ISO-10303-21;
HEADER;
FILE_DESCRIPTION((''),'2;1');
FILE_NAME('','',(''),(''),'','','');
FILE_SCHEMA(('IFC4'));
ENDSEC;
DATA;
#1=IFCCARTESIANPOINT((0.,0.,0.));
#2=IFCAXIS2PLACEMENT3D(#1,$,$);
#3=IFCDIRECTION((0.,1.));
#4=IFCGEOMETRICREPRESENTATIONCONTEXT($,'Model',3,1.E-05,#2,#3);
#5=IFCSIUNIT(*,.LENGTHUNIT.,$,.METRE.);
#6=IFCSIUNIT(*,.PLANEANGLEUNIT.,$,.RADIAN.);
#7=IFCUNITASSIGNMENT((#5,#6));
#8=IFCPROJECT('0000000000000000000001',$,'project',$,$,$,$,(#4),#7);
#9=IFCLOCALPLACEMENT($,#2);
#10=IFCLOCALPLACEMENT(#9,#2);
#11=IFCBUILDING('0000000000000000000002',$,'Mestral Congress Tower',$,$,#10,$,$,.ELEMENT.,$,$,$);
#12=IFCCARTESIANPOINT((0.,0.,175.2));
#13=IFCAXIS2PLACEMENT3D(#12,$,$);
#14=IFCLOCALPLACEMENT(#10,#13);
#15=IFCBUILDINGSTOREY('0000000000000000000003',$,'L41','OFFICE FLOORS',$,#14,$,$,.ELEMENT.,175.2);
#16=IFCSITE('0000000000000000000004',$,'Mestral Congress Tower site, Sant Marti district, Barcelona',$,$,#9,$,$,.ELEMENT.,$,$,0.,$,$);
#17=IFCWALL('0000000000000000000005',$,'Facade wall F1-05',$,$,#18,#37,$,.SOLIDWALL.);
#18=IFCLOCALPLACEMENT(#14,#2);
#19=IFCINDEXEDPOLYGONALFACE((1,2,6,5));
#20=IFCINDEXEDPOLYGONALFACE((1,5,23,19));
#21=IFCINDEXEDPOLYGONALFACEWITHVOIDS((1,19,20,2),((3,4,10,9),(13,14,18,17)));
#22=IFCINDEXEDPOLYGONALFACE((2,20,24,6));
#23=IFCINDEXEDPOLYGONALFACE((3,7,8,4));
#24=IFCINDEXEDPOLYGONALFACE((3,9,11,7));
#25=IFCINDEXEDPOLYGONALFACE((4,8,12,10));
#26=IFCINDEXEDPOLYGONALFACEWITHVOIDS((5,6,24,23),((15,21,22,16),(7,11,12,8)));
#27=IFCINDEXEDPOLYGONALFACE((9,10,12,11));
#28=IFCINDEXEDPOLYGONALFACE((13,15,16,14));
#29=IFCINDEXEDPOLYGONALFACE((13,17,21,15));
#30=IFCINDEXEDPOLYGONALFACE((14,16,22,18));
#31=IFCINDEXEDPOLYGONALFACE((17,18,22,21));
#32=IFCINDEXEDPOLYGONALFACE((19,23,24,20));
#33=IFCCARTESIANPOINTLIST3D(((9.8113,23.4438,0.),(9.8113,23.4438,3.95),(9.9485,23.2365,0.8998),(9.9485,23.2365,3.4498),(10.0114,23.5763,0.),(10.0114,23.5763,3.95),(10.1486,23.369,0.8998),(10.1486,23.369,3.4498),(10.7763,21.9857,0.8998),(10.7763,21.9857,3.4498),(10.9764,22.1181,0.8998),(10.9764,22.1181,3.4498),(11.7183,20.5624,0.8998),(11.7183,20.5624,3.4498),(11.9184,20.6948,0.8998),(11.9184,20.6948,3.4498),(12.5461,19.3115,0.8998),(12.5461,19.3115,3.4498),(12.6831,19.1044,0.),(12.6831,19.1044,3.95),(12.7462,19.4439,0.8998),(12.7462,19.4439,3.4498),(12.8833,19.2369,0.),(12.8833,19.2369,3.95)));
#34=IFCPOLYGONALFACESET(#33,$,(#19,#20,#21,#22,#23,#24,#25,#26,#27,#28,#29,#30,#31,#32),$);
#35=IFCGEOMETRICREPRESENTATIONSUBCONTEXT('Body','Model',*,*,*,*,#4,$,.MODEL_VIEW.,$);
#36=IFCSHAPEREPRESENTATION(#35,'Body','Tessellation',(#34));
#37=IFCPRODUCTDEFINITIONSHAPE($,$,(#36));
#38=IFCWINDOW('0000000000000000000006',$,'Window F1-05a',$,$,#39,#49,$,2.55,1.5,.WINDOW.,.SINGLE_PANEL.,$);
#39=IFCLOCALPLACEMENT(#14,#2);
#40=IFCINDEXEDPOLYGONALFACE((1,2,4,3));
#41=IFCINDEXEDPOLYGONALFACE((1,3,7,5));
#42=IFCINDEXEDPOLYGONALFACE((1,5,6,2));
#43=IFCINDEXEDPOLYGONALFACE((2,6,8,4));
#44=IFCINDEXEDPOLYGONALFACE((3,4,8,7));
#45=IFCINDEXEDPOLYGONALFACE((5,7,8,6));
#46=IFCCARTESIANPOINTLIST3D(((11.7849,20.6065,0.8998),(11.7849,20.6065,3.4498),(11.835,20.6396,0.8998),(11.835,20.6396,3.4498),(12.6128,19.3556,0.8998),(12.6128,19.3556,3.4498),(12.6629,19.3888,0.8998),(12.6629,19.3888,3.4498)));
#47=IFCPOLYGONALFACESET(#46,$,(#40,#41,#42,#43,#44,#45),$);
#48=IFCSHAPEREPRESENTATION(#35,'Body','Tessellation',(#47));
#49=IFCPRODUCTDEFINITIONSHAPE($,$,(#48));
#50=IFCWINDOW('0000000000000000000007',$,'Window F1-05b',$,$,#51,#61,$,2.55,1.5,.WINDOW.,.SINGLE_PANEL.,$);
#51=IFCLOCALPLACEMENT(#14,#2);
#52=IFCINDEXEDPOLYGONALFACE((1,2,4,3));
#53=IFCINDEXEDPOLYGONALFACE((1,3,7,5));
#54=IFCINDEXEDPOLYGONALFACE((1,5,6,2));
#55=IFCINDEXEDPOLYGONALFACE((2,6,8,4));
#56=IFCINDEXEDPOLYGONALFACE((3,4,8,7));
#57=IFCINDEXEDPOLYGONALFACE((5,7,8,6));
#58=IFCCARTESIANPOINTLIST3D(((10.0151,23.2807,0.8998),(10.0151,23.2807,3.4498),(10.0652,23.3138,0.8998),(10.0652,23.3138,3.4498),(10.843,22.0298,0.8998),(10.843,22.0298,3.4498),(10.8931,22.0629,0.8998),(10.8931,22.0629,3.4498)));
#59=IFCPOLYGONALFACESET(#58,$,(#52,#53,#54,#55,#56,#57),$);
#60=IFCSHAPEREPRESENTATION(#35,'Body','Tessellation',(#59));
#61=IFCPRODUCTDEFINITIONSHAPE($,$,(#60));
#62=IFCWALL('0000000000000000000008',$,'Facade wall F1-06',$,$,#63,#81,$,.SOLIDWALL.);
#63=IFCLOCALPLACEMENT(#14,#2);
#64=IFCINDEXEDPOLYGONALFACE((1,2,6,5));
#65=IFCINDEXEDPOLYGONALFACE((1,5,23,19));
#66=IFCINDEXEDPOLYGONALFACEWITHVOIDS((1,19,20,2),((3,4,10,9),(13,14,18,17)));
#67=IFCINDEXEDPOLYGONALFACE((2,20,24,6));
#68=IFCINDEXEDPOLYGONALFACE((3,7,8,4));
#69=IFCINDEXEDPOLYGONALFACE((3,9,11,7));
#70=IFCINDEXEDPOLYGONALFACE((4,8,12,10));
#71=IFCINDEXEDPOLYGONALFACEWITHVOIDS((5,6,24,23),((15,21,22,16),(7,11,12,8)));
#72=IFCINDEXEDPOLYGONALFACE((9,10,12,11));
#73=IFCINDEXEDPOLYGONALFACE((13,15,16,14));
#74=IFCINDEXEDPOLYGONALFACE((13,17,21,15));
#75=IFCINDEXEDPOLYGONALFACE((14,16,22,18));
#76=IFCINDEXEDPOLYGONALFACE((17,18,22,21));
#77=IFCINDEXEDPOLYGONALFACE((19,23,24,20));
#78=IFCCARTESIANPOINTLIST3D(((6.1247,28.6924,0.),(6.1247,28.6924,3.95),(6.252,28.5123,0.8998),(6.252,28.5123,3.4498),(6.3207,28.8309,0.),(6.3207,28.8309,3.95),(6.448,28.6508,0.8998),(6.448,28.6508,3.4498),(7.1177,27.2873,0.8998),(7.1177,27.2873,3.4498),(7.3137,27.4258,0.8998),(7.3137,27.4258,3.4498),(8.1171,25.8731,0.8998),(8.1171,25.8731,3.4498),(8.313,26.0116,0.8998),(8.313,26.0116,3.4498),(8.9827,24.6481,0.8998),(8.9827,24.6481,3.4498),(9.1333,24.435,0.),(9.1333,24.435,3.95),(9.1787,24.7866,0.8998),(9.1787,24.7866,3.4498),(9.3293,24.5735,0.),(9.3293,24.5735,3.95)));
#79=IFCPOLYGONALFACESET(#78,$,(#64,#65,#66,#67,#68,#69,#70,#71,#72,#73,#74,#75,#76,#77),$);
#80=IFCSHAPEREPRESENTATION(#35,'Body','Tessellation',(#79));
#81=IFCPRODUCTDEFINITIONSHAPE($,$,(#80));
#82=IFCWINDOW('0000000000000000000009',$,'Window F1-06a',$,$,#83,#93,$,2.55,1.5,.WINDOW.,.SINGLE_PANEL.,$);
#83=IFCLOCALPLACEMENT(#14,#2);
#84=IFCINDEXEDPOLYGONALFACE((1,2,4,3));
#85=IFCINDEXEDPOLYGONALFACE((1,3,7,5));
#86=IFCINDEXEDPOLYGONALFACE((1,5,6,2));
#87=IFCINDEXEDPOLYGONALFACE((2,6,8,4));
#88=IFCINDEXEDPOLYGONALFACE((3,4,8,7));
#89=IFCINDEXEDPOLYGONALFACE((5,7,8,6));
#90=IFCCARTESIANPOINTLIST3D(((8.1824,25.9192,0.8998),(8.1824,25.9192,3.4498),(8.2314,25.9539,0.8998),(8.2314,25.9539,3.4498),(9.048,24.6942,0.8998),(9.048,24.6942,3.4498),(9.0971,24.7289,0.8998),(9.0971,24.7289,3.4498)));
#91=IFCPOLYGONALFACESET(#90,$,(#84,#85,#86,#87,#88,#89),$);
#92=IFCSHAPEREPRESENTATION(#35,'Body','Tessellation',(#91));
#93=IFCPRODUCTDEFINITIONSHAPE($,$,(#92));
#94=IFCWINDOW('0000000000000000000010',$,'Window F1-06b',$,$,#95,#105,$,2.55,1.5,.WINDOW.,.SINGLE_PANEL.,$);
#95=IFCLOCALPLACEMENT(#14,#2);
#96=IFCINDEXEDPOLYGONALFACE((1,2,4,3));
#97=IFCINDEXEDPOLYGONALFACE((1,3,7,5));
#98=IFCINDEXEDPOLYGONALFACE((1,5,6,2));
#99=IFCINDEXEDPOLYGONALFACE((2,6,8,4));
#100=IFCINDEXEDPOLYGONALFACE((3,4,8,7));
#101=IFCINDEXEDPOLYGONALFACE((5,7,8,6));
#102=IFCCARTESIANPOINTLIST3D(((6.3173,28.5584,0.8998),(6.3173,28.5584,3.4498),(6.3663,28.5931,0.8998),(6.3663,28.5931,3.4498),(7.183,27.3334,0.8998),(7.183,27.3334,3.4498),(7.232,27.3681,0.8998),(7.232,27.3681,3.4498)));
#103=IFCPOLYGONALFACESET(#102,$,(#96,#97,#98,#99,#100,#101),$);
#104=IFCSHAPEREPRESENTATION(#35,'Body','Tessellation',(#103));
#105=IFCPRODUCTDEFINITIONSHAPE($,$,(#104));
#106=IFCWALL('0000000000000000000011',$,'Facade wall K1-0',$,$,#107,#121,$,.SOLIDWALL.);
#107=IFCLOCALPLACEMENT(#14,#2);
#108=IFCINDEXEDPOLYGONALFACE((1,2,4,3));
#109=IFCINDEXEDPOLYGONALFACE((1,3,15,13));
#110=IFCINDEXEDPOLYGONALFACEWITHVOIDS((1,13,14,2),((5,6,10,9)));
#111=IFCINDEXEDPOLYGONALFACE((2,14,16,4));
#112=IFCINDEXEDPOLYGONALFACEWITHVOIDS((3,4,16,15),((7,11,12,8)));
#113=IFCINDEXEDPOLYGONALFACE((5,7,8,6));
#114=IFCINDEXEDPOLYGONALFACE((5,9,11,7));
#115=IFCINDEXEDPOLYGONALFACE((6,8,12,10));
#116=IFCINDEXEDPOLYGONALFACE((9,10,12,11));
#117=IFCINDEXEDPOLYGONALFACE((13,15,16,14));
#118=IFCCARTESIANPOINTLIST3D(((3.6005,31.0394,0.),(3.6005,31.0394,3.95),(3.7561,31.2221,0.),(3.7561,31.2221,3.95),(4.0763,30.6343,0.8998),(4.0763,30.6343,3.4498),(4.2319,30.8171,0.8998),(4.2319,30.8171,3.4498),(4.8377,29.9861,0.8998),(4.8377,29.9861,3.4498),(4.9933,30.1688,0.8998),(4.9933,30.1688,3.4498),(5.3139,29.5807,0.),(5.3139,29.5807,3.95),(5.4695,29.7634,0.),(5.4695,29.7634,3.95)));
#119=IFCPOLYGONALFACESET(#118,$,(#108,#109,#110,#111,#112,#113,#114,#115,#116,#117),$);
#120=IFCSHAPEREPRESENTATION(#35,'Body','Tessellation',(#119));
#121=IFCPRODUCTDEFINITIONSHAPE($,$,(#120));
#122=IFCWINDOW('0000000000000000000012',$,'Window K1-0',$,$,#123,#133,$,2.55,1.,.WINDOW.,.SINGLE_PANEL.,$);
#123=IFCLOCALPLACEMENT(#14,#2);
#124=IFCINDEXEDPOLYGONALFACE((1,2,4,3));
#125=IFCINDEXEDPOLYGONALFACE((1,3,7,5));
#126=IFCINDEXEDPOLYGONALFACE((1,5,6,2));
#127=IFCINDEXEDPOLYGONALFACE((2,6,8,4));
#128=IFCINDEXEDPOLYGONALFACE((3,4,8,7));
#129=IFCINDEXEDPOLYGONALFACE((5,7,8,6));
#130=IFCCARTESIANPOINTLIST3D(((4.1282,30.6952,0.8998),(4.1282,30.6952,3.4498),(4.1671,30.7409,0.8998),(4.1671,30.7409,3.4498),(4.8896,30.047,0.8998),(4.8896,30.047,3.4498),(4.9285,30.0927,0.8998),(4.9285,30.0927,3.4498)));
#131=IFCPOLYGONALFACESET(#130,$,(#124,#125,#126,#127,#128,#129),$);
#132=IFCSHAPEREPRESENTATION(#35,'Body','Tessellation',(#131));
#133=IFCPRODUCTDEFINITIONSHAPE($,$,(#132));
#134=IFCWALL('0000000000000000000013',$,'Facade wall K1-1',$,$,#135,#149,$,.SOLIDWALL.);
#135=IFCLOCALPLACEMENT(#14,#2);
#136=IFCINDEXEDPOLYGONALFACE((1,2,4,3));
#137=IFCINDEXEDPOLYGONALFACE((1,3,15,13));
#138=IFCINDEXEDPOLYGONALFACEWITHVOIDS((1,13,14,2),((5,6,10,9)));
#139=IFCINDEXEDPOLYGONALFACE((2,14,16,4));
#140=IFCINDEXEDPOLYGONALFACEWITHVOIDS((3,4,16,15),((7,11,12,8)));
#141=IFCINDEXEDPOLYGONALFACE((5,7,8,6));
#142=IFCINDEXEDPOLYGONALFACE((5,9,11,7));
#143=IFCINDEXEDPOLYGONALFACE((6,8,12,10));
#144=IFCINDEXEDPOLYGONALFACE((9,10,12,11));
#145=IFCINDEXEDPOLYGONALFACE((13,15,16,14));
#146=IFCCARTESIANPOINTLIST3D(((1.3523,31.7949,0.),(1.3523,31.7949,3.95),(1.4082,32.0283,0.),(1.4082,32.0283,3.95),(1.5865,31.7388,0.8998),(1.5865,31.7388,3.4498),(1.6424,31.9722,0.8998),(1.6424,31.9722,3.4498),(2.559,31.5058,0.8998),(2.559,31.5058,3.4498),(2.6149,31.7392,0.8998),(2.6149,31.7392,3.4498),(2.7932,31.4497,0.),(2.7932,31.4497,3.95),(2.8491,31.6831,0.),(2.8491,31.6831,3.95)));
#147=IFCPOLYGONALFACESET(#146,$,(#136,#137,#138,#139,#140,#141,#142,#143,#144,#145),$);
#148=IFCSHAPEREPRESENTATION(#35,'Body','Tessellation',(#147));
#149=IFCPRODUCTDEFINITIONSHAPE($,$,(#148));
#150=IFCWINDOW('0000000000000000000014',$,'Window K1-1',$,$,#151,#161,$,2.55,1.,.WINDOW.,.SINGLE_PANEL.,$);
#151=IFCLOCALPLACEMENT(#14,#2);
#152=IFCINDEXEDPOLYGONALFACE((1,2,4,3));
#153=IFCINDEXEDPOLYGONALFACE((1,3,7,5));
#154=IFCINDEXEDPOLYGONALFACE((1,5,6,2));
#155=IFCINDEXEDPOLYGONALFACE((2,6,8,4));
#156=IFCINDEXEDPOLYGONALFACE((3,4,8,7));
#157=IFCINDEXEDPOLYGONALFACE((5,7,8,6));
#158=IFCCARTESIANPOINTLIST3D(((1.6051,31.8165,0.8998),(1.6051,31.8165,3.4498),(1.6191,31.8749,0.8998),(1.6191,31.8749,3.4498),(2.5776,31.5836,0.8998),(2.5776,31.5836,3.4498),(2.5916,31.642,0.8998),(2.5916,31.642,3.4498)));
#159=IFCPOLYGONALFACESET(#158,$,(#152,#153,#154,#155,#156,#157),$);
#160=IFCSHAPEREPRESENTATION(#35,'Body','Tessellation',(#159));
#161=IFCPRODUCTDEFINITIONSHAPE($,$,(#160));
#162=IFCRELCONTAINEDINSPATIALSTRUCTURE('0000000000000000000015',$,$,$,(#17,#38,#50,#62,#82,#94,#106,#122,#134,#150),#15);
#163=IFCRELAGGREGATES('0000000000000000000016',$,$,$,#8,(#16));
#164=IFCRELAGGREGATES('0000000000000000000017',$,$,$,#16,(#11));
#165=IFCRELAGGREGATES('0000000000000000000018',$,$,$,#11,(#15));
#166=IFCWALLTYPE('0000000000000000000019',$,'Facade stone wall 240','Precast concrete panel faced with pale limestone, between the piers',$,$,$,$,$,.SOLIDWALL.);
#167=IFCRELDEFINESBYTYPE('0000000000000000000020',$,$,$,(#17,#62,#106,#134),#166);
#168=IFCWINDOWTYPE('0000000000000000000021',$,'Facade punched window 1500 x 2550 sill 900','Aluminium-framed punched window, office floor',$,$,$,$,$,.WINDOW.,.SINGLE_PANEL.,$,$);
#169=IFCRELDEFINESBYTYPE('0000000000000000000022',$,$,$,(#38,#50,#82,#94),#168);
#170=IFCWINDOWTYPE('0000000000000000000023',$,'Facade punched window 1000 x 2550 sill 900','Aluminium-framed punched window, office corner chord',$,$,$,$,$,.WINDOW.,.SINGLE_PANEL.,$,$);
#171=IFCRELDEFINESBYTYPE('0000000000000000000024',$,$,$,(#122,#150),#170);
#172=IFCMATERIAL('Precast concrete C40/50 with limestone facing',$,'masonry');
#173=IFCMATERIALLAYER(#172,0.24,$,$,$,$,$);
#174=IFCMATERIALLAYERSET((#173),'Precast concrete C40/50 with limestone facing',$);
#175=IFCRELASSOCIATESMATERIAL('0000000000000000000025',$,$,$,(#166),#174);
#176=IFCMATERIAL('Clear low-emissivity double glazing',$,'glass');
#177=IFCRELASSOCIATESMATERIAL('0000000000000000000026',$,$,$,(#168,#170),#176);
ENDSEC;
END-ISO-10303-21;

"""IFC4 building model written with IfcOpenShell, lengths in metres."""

from ifc_helpers import new_model, si_unit, direction, frame, frame_2d, origin, place, context, subcontext, project, spatial, rectangle, extrude, material, layer, layer_set, type_object, element, fill, save


model = new_model("IFC4")

# Units and contexts
model_context = context("Model", 3, precision=1e-05, world=origin(), true_north=direction((0.0, 1.0)))
body_context = subcontext(model_context, "Body", "Model", "MODEL_VIEW")
ifc_project = project(units=[si_unit("LENGTHUNIT", "METRE"), si_unit("PLANEANGLEUNIT", "RADIAN")], contexts=[model_context])

# Site, building, storey
site_placement = place(None, origin())
site = spatial("IfcSite", under=ifc_project, at=site_placement, Name="Mestral Congress Tower site, Sant Marti district, Barcelona", CompositionType="ELEMENT", RefElevation=0.0)
building_placement = place(site_placement, origin())
building = spatial("IfcBuilding", under=site, at=building_placement, Name="Mestral Congress Tower", CompositionType="ELEMENT")
storey_placement = place(building_placement, frame((0.0, 0.0, 175.2)))
storey = spatial("IfcBuildingStorey", under=building, at=storey_placement, Name="L41", Description="OFFICE FLOORS", CompositionType="ELEMENT", Elevation=175.2)

# Walls, openings, windows
ifc_material_1 = material(Name="Precast concrete C40/50 with limestone facing", Category="masonry")
ifc_layer_1 = layer(ifc_material_1, 0.24)
ifc_layer_set_1 = layer_set([ifc_layer_1], Name="Precast concrete C40/50 with limestone facing")
wall_type_1 = type_object("IfcWallType", Name="Facade stone wall 240", Description="Precast concrete panel faced with pale limestone, between the piers", PredefinedType="SOLIDWALL", material=ifc_layer_set_1)
wall_1_placement = place(storey_placement, frame((12.7832, 19.1707, 0.0), z_axis=(0.0, 0.0, 1.0), x_axis=(-0.551893, 0.833915, 0.0)))
wall_1 = element("IfcWall", 1, at=wall_1_placement, inside=storey, type_object=wall_type_1, Name="Facade wall F1-05", PredefinedType="SOLIDWALL", context=body_context, shape_type="SweptSolid", body=[
    extrude(rectangle(XDim=5.2036, YDim=0.24, at=frame_2d((2.6018, 0.0))), origin(), (0.0, 0.0, 1.0), 3.95),
])
opening_1_placement = place(wall_1_placement, frame((0.2483, 0.0, 0.8999)))
opening_1 = element("IfcOpeningElement", 2, at=opening_1_placement, cuts=wall_1, PredefinedType="OPENING", context=body_context, shape_type="SweptSolid", body=[
    extrude(rectangle(XDim=1.5, YDim=2.55, at=frame_2d((0.75, 1.2749))), frame((0.0, 0.1299, 0.0), z_axis=(0.0, -1.0, 0.0), x_axis=(1.0, 0.0, 0.0)), (0.0, 0.0, 1.0), 0.26),
])
opening_2_placement = place(wall_1_placement, frame((3.4551, 0.0, 0.8999)))
opening_2 = element("IfcOpeningElement", 3, at=opening_2_placement, cuts=wall_1, PredefinedType="OPENING", context=body_context, shape_type="SweptSolid", body=[
    extrude(rectangle(XDim=1.5, YDim=2.55, at=frame_2d((0.75, 1.2749))), frame((0.0, 0.1299, 0.0), z_axis=(0.0, -1.0, 0.0), x_axis=(1.0, 0.0, 0.0)), (0.0, 0.0, 1.0), 0.26),
])
ifc_material_2 = material(Name="Clear low-emissivity double glazing", Category="glass")
window_type_1 = type_object("IfcWindowType", Name="Facade punched window 1500 x 2550 sill 900", Description="Aluminium-framed punched window, office floor", PartitioningType="SINGLE_PANEL", PredefinedType="WINDOW", material=ifc_material_2)
window_1_placement = place(opening_1_placement, origin())
window_1 = element("IfcWindow", 4, at=window_1_placement, inside=storey, type_object=window_type_1, Name="Window F1-05a", OverallHeight=2.55, OverallWidth=1.5, PartitioningType="SINGLE_PANEL", PredefinedType="WINDOW", context=body_context, shape_type="SweptSolid", body=[
    extrude(rectangle(XDim=1.5, YDim=2.55, at=frame_2d((0.75, 1.2749))), frame((0.0, 0.04, 0.0), z_axis=(0.0, -1.0, 0.0), x_axis=(1.0, 0.0, 0.0)), (0.0, 0.0, 1.0), 0.0601),
])
fill(opening_1, window_1)
window_2_placement = place(opening_2_placement, origin())
window_2 = element("IfcWindow", 5, at=window_2_placement, inside=storey, type_object=window_type_1, Name="Window F1-05b", OverallHeight=2.55, OverallWidth=1.5, PartitioningType="SINGLE_PANEL", PredefinedType="WINDOW", context=body_context, shape_type="SweptSolid", body=[
    extrude(rectangle(XDim=1.5, YDim=2.55, at=frame_2d((0.75, 1.2749))), frame((0.0, 0.04, 0.0), z_axis=(0.0, -1.0, 0.0), x_axis=(1.0, 0.0, 0.0)), (0.0, 0.0, 1.0), 0.0601),
])
fill(opening_2, window_2)
wall_2_placement = place(storey_placement, frame((9.2312, 24.5044, 0.0), z_axis=(0.0, 0.0, 1.0), x_axis=(-0.577115, 0.816663, 0.0)))
wall_2 = element("IfcWall", 6, at=wall_2_placement, inside=storey, type_object=wall_type_1, Name="Facade wall F1-06", PredefinedType="SOLIDWALL", context=body_context, shape_type="SweptSolid", body=[
    extrude(rectangle(XDim=5.2131, YDim=0.24, at=frame_2d((2.6064, 0.0))), origin(), (0.0, 0.0, 1.0), 3.95),
])
opening_3_placement = place(wall_2_placement, frame((0.2607, 0.0, 0.8999)))
opening_3 = element("IfcOpeningElement", 7, at=opening_3_placement, cuts=wall_2, PredefinedType="OPENING", context=body_context, shape_type="SweptSolid", body=[
    extrude(rectangle(XDim=1.5, YDim=2.55, at=frame_2d((0.75, 1.2749))), frame((0.0, 0.1299, 0.0), z_axis=(0.0, -1.0, 0.0), x_axis=(1.0, 0.0, 0.0)), (0.0, 0.0, 1.0), 0.26),
])
opening_4_placement = place(wall_2_placement, frame((3.4924, 0.0, 0.8999)))
opening_4 = element("IfcOpeningElement", 8, at=opening_4_placement, cuts=wall_2, PredefinedType="OPENING", context=body_context, shape_type="SweptSolid", body=[
    extrude(rectangle(XDim=1.5, YDim=2.55, at=frame_2d((0.75, 1.2749))), frame((0.0, 0.1299, 0.0), z_axis=(0.0, -1.0, 0.0), x_axis=(1.0, 0.0, 0.0)), (0.0, 0.0, 1.0), 0.26),
])
window_3_placement = place(opening_3_placement, origin())
window_3 = element("IfcWindow", 9, at=window_3_placement, inside=storey, type_object=window_type_1, Name="Window F1-06a", OverallHeight=2.55, OverallWidth=1.5, PartitioningType="SINGLE_PANEL", PredefinedType="WINDOW", context=body_context, shape_type="SweptSolid", body=[
    extrude(rectangle(XDim=1.5, YDim=2.55, at=frame_2d((0.75, 1.2749))), frame((0.0, 0.04, 0.0), z_axis=(0.0, -1.0, 0.0), x_axis=(1.0, 0.0, 0.0)), (0.0, 0.0, 1.0), 0.0601),
])
fill(opening_3, window_3)
window_4_placement = place(opening_4_placement, origin())
window_4 = element("IfcWindow", 10, at=window_4_placement, inside=storey, type_object=window_type_1, Name="Window F1-06b", OverallHeight=2.55, OverallWidth=1.5, PartitioningType="SINGLE_PANEL", PredefinedType="WINDOW", context=body_context, shape_type="SweptSolid", body=[
    extrude(rectangle(XDim=1.5, YDim=2.55, at=frame_2d((0.75, 1.2749))), frame((0.0, 0.04, 0.0), z_axis=(0.0, -1.0, 0.0), x_axis=(1.0, 0.0, 0.0)), (0.0, 0.0, 1.0), 0.0601),
])
fill(opening_4, window_4)

# Walls, openings, windows
wall_3_placement = place(storey_placement, frame((5.3916, 29.6721, 0.0), z_axis=(0.0, 0.0, 1.0), x_axis=(-0.76142, 0.648259, 0.0)))
wall_3 = element("IfcWall", 11, at=wall_3_placement, inside=storey, type_object=wall_type_1, Name="Facade wall K1-0", PredefinedType="SOLIDWALL", context=body_context, shape_type="SweptSolid", body=[
    extrude(rectangle(XDim=2.2502, YDim=0.24, at=frame_2d((1.125, 0.0))), origin(), (0.0, 0.0, 1.0), 3.95),
])
opening_5_placement = place(wall_3_placement, frame((0.6252, 0.0, 0.8999)))
opening_5 = element("IfcOpeningElement", 12, at=opening_5_placement, cuts=wall_3, PredefinedType="OPENING", context=body_context, shape_type="SweptSolid", body=[
    extrude(rectangle(XDim=1.0, YDim=2.55, at=frame_2d((0.5, 1.2749))), frame((0.0, 0.1299, 0.0), z_axis=(0.0, -1.0, 0.0), x_axis=(1.0, 0.0, 0.0)), (0.0, 0.0, 1.0), 0.26),
])
window_type_2 = type_object("IfcWindowType", Name="Facade punched window 1000 x 2550 sill 900", Description="Aluminium-framed punched window, office corner chord", PartitioningType="SINGLE_PANEL", PredefinedType="WINDOW", material=ifc_material_2)
window_5_placement = place(opening_5_placement, origin())
window_5 = element("IfcWindow", 13, at=window_5_placement, inside=storey, type_object=window_type_2, Name="Window K1-0", OverallHeight=2.55, OverallWidth=1.0, PartitioningType="SINGLE_PANEL", PredefinedType="WINDOW", context=body_context, shape_type="SweptSolid", body=[
    extrude(rectangle(XDim=1.0, YDim=2.55, at=frame_2d((0.5, 1.2749))), frame((0.0, 0.04, 0.0), z_axis=(0.0, -1.0, 0.0), x_axis=(1.0, 0.0, 0.0)), (0.0, 0.0, 1.0), 0.0601),
])
fill(opening_5, window_5)
wall_4_placement = place(storey_placement, frame((2.821, 31.5664, 0.0), z_axis=(0.0, 0.0, 1.0), x_axis=(-0.97248, 0.232987, 0.0)))
wall_4 = element("IfcWall", 14, at=wall_4_placement, inside=storey, type_object=wall_type_1, Name="Facade wall K1-1", PredefinedType="SOLIDWALL", context=body_context, shape_type="SweptSolid", body=[
    extrude(rectangle(XDim=1.4817, YDim=0.24, at=frame_2d((0.7407, 0.0))), origin(), (0.0, 0.0, 1.0), 3.95),
])
opening_6_placement = place(wall_4_placement, frame((0.2407, 0.0, 0.8999)))
opening_6 = element("IfcOpeningElement", 15, at=opening_6_placement, cuts=wall_4, PredefinedType="OPENING", context=body_context, shape_type="SweptSolid", body=[
    extrude(rectangle(XDim=1.0, YDim=2.55, at=frame_2d((0.5, 1.2749))), frame((0.0, 0.1299, 0.0), z_axis=(0.0, -1.0, 0.0), x_axis=(1.0, 0.0, 0.0)), (0.0, 0.0, 1.0), 0.26),
])
window_6_placement = place(opening_6_placement, origin())
window_6 = element("IfcWindow", 16, at=window_6_placement, inside=storey, type_object=window_type_2, Name="Window K1-1", OverallHeight=2.55, OverallWidth=1.0, PartitioningType="SINGLE_PANEL", PredefinedType="WINDOW", context=body_context, shape_type="SweptSolid", body=[
    extrude(rectangle(XDim=1.0, YDim=2.55, at=frame_2d((0.5, 1.2749))), frame((0.0, 0.04, 0.0), z_axis=(0.0, -1.0, 0.0), x_axis=(1.0, 0.0, 0.0)), (0.0, 0.0, 1.0), 0.0601),
])
fill(opening_6, window_6)

save(model, "model.ifc")
